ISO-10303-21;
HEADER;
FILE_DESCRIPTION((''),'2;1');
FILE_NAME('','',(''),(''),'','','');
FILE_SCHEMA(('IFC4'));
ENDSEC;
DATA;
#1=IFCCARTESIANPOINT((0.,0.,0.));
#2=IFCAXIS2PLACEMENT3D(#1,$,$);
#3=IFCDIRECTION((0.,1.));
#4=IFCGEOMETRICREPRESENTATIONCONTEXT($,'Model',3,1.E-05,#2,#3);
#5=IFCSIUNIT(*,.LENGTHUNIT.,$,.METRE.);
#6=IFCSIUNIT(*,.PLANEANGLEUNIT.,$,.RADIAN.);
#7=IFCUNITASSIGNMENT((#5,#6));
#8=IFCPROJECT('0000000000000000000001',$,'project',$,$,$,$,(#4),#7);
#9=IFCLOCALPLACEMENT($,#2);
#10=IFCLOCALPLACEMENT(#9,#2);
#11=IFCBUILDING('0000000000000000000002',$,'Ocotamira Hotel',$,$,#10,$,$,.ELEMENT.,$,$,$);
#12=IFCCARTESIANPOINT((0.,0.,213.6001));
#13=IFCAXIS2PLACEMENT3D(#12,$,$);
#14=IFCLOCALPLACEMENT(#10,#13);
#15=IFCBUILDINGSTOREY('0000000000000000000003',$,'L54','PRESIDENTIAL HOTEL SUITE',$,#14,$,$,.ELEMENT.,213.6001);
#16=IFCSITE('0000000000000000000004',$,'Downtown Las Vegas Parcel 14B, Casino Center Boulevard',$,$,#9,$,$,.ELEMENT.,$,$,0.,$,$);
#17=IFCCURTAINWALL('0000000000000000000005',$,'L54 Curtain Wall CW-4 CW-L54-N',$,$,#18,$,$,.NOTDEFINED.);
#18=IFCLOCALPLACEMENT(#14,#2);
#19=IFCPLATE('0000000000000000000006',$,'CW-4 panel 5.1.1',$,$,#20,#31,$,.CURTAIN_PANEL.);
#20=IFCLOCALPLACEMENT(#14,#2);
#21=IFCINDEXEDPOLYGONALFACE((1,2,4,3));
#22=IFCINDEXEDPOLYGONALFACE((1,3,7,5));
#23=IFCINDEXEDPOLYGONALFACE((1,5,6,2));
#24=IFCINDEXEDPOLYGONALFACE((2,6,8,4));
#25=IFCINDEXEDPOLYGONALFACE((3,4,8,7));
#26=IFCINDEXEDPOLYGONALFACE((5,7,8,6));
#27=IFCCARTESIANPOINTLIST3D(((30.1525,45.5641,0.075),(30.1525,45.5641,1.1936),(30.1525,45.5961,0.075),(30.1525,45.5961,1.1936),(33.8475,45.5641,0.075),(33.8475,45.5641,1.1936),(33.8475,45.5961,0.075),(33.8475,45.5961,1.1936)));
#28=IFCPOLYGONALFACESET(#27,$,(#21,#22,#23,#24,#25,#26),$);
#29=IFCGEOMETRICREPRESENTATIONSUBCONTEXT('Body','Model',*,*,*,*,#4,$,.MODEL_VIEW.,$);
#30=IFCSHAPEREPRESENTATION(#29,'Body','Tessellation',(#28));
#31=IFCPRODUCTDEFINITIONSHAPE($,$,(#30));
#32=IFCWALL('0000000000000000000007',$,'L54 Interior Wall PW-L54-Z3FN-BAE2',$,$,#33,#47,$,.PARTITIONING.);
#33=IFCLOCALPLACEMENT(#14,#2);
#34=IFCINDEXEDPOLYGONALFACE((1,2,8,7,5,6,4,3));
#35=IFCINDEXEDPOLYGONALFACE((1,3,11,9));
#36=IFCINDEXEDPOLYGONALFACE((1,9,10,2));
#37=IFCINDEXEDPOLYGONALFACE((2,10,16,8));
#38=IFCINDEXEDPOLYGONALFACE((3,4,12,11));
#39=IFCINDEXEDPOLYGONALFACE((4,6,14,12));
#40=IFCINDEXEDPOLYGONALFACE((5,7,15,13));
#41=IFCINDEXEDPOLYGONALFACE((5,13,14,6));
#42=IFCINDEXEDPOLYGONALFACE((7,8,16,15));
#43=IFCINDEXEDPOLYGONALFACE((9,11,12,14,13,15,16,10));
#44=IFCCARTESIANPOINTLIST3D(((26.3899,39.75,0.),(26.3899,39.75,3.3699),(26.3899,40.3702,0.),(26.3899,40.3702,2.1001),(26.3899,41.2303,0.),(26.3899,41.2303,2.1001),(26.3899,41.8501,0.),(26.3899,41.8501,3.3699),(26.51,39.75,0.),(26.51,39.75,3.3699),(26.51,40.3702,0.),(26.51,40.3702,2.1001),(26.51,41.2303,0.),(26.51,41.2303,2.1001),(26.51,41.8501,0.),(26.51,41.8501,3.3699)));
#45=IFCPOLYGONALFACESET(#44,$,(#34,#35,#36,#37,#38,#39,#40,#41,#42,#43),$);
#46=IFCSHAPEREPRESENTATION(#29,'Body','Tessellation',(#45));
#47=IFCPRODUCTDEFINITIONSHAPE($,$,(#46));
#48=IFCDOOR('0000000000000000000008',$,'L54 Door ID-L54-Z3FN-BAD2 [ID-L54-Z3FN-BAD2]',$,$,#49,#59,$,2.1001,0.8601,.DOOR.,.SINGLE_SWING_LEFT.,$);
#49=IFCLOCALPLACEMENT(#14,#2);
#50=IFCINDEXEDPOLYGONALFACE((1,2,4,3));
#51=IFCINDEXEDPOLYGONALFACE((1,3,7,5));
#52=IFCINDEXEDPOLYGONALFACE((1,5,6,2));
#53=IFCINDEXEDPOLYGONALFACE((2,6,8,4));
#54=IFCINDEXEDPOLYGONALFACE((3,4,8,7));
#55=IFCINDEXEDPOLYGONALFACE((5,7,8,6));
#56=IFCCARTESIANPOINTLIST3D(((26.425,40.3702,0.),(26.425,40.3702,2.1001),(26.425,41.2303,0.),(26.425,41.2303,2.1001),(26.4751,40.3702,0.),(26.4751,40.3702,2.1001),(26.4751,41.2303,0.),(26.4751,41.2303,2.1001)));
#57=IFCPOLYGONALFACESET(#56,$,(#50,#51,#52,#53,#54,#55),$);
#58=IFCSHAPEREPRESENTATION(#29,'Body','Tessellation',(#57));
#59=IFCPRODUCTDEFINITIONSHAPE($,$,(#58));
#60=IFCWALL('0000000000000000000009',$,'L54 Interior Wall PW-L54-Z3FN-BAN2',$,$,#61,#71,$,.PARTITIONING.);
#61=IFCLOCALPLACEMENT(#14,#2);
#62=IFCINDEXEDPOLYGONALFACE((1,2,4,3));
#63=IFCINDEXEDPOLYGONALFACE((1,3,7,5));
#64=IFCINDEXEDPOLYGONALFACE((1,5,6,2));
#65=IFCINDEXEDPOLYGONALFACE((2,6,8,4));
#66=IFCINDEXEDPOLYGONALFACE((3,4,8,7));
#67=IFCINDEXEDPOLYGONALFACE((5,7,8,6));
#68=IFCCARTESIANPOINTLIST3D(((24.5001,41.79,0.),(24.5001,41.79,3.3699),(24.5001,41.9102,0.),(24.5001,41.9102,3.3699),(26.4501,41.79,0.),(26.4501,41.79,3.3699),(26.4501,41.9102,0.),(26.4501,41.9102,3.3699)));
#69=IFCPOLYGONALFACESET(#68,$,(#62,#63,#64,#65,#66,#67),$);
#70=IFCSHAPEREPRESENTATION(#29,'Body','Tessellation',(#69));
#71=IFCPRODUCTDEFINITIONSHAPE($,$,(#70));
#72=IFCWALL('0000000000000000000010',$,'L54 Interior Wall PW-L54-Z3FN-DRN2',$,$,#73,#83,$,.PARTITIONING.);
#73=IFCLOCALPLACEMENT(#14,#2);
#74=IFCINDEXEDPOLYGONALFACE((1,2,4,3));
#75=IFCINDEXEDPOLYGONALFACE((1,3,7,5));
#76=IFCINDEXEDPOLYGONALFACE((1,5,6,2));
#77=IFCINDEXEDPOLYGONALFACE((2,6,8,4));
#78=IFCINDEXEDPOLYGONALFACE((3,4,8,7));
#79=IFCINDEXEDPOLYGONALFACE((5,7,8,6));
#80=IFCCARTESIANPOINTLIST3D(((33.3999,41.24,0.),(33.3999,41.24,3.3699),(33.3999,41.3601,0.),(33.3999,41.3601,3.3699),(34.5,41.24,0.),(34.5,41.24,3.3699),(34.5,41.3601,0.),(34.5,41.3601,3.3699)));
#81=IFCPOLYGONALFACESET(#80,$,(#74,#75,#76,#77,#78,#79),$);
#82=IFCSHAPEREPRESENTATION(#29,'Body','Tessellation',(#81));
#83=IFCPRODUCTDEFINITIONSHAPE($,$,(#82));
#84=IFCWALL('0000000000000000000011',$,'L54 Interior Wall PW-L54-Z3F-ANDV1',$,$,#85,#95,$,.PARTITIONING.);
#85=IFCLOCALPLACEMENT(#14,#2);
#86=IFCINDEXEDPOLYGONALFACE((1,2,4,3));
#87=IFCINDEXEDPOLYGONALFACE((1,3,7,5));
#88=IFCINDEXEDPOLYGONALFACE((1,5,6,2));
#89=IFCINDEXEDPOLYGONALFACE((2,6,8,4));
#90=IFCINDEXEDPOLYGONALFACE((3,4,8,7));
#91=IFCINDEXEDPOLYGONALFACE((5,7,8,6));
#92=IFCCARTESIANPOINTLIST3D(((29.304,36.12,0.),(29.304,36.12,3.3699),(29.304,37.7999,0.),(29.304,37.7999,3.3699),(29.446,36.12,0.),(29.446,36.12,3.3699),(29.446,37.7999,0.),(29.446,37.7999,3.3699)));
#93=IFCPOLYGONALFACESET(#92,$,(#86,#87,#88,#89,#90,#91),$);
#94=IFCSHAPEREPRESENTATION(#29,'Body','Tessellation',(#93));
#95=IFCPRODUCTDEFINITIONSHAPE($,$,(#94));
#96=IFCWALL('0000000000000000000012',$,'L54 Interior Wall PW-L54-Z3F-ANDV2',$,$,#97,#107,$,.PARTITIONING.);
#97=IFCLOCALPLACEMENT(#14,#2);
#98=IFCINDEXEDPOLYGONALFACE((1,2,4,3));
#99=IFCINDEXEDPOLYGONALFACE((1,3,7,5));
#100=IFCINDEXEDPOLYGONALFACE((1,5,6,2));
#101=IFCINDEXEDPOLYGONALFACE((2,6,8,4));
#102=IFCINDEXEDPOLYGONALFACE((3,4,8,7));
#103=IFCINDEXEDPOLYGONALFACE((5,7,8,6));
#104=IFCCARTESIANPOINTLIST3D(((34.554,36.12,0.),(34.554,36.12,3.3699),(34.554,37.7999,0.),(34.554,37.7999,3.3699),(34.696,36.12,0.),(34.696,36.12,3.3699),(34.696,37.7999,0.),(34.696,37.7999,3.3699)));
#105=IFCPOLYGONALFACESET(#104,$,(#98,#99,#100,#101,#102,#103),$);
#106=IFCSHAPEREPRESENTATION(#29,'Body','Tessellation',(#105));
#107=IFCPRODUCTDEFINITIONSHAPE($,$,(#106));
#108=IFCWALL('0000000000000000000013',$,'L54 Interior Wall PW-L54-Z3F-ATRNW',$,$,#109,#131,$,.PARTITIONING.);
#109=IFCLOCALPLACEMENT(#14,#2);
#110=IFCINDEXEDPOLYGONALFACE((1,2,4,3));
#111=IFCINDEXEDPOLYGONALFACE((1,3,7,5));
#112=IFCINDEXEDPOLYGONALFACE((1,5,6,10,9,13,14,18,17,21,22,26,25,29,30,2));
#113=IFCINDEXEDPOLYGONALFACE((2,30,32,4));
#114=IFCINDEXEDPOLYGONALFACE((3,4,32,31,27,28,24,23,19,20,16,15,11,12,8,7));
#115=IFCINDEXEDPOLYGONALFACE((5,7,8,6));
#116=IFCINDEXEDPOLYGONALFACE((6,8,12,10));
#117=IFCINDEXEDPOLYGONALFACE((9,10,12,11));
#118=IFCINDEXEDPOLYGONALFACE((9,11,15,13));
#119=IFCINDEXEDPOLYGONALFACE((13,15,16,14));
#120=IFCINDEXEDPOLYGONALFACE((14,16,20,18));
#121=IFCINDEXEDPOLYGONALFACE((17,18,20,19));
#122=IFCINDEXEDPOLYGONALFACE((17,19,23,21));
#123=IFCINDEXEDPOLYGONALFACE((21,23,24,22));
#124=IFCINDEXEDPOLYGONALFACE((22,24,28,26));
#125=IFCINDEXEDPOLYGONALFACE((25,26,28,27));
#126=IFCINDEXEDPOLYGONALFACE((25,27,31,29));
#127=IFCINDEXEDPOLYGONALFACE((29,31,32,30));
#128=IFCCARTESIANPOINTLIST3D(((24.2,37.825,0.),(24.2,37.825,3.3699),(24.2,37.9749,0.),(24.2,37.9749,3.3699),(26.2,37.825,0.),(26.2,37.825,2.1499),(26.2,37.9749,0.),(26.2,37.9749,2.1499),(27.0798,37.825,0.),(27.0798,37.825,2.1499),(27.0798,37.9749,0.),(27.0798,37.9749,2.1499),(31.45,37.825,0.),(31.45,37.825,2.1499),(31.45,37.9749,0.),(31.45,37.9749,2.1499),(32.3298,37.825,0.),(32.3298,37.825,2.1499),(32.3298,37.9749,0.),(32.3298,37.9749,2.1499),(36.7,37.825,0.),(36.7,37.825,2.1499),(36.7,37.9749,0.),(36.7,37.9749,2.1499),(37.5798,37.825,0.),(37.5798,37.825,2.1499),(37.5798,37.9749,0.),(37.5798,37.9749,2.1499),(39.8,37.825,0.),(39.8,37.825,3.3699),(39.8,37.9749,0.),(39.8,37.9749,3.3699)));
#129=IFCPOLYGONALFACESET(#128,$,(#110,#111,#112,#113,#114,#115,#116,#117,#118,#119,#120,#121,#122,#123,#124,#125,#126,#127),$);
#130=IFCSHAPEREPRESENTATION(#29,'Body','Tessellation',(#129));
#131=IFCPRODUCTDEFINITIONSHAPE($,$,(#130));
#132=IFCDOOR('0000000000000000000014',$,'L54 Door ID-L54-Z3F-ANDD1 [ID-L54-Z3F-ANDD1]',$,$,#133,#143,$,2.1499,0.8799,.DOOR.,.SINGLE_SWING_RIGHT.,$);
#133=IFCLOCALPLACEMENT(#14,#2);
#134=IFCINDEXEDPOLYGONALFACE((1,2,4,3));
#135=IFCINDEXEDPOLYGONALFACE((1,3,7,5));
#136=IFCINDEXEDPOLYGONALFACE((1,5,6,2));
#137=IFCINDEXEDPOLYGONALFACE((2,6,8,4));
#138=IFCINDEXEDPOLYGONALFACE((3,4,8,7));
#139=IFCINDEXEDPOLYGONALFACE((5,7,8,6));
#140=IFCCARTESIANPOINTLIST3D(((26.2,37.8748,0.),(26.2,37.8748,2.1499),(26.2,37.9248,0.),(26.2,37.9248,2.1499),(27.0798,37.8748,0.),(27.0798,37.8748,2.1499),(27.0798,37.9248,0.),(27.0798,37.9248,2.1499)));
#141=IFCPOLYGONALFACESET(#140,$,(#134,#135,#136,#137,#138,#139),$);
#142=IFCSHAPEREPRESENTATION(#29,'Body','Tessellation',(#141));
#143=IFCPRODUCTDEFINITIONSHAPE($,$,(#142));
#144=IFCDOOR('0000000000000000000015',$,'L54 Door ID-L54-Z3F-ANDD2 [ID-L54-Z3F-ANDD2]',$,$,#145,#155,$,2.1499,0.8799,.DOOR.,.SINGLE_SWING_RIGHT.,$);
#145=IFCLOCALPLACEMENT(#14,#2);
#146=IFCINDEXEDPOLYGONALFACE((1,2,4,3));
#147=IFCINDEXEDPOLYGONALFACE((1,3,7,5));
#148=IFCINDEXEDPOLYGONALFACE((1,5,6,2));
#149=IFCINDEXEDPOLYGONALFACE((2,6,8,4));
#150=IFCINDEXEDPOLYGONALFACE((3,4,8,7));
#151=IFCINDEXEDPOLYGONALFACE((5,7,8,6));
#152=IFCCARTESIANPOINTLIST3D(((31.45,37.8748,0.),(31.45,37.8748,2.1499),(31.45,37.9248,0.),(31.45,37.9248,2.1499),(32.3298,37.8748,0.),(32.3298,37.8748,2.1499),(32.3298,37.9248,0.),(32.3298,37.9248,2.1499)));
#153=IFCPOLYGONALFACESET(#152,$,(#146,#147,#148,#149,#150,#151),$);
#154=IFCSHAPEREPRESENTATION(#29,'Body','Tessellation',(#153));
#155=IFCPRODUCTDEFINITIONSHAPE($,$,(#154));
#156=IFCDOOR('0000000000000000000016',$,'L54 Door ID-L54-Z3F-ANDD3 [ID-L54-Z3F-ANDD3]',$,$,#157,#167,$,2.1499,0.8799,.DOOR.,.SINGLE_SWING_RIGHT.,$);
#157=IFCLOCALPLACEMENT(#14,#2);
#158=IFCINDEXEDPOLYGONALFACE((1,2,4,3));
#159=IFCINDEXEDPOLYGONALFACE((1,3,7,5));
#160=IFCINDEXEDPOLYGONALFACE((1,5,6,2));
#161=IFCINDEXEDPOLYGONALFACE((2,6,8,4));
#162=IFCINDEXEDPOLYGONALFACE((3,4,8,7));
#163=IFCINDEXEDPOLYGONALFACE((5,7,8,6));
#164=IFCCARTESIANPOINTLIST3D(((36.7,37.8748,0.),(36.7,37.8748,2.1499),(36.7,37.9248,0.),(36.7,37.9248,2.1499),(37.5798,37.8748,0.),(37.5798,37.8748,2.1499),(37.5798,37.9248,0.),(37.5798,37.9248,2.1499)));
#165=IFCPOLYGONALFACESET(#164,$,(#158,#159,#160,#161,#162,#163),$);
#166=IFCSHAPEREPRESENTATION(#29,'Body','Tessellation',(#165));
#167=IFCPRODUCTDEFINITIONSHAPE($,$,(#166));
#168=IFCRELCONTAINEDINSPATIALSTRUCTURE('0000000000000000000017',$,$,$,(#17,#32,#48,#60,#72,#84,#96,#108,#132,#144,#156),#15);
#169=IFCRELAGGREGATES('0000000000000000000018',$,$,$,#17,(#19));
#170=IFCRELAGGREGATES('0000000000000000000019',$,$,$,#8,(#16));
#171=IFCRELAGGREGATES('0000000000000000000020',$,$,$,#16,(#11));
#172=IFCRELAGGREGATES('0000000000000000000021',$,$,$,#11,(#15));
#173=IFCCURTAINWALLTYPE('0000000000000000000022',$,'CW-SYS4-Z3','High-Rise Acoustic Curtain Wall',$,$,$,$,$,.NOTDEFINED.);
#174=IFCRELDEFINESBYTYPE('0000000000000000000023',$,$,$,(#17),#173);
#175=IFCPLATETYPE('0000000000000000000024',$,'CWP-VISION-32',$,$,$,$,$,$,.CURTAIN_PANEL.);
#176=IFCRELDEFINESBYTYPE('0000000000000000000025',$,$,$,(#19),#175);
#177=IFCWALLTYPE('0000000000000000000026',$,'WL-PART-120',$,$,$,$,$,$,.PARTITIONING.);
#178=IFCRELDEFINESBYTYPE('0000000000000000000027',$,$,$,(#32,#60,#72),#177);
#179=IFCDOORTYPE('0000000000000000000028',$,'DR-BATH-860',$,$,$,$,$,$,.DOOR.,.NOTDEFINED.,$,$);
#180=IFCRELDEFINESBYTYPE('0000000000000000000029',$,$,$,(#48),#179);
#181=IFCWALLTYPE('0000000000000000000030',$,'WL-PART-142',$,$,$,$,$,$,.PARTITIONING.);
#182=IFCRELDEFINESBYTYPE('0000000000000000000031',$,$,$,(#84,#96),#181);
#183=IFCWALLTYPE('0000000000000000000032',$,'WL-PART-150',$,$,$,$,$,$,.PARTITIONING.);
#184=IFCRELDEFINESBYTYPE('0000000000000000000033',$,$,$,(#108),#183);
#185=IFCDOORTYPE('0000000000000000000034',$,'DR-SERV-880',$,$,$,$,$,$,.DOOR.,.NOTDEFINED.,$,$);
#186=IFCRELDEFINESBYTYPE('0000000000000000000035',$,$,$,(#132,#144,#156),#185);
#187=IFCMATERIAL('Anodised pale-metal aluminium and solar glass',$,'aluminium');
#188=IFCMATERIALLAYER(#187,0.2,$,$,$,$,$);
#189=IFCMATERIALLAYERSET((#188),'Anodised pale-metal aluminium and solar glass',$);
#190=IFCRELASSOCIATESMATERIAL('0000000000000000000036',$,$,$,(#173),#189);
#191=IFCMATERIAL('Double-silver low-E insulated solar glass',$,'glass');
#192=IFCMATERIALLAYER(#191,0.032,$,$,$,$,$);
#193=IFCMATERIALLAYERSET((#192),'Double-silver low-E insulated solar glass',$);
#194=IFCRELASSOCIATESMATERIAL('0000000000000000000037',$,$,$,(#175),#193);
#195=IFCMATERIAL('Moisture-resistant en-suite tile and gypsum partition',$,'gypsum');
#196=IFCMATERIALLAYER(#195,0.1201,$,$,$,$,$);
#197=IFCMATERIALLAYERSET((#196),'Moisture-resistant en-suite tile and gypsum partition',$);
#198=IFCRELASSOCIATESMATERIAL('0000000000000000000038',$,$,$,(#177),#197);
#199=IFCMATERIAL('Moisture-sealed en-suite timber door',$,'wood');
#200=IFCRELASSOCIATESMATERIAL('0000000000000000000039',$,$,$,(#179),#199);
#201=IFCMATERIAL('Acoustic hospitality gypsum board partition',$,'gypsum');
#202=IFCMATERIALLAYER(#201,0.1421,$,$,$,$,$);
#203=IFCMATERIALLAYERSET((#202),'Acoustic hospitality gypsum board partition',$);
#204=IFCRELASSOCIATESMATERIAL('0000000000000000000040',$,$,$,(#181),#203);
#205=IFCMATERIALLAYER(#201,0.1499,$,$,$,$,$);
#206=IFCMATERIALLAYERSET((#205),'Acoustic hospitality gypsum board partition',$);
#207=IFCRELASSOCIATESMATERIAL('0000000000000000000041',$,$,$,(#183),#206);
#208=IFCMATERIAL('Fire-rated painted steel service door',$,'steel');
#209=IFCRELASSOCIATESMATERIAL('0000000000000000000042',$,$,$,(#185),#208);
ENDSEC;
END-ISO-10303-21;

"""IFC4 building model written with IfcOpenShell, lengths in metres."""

from ifc_helpers import new_model, si_unit, direction, frame, frame_2d, origin, origin_2d, place, context, subcontext, project, spatial, rectangle, extrude, source, transform, mapped, material, layer, layer_set, type_object, element, fill, aggregate, save


model = new_model("IFC4")

# Units and contexts
model_context = context("Model", 3, precision=1e-05, world=origin(), true_north=direction((0.0, 1.0)))
body_context = subcontext(model_context, "Body", "Model", "MODEL_VIEW")
ifc_project = project(units=[si_unit("LENGTHUNIT", "METRE"), si_unit("PLANEANGLEUNIT", "RADIAN")], contexts=[model_context])

# Site, building, storey
site_placement = place(None, origin())
site = spatial("IfcSite", under=ifc_project, at=site_placement, Name="Downtown Las Vegas Parcel 14B, Casino Center Boulevard", CompositionType="ELEMENT", RefElevation=0.0)
building_placement = place(site_placement, origin())
building = spatial("IfcBuilding", under=site, at=building_placement, Name="Ocotamira Hotel", CompositionType="ELEMENT")
storey_placement = place(building_placement, frame((0.0, 0.0, 213.6001)))
storey = spatial("IfcBuildingStorey", under=building, at=storey_placement, Name="L54", Description="PRESIDENTIAL HOTEL SUITE", CompositionType="ELEMENT", Elevation=213.6001)

# Curtain wall
ifc_material_1 = material(Name="Anodised pale-metal aluminium and solar glass", Category="aluminium")
ifc_layer_1 = layer(ifc_material_1, 0.2)
ifc_layer_set_1 = layer_set([ifc_layer_1], Name="Anodised pale-metal aluminium and solar glass")
curtain_wall_type = type_object("IfcCurtainWallType", Name="CW-SYS4-Z3", Description="High-Rise Acoustic Curtain Wall", PredefinedType="NOTDEFINED", material=ifc_layer_set_1)
curtain_wall_placement = place(storey_placement, origin())
curtain_wall = element("IfcCurtainWall", 1, at=curtain_wall_placement, inside=storey, type_object=curtain_wall_type, Name="L54 Curtain Wall CW-4 CW-L54-N", PredefinedType="NOTDEFINED")

# Plate
ifc_material_2 = material(Name="Double-silver low-E insulated solar glass", Category="glass")
ifc_layer_2 = layer(ifc_material_2, 0.032)
ifc_layer_set_2 = layer_set([ifc_layer_2], Name="Double-silver low-E insulated solar glass")
plate_type_1 = type_object("IfcPlateType", Name="CWP-VISION-32", PredefinedType="CURTAIN_PANEL", material=ifc_layer_set_2)
shared_shape_1 = source(origin(), body_context, "Body", "SweptSolid", [
    extrude(rectangle(XDim=3.6951, YDim=0.032, at=origin_2d()), origin(), (0.0, 0.0, 1.0), 1.1187),
])
plate_1_placement = place(storey_placement, frame((32.0, 45.5801, 0.075), z_axis=(0.0, 0.0, 1.0), x_axis=(1.0, 0.0, 0.0)))
plate_1 = element("IfcPlate", 2, at=plate_1_placement, type_object=plate_type_1, Name="CW-4 panel 5.1.1", PredefinedType="CURTAIN_PANEL", context=body_context, shape_type="MappedRepresentation", body=[
    mapped(shared_shape_1, transform((0.0, 0.0, 0.0), scale=1.0)),
])
aggregate(curtain_wall, [plate_1])

# Wall, opening, door
ifc_material_3 = material(Name="Moisture-resistant en-suite tile and gypsum partition", Category="gypsum")
ifc_layer_3 = layer(ifc_material_3, 0.1201)
ifc_layer_set_3 = layer_set([ifc_layer_3], Name="Moisture-resistant en-suite tile and gypsum partition")
wall_type_1 = type_object("IfcWallType", Name="WL-PART-120", PredefinedType="PARTITIONING", material=ifc_layer_set_3)
wall_1_placement = place(storey_placement, frame((26.45, 39.75, 0.0), z_axis=(0.0, 0.0, 1.0), x_axis=(0.0, 1.0, 0.0)))
wall_1 = element("IfcWall", 3, at=wall_1_placement, inside=storey, type_object=wall_type_1, Name="L54 Interior Wall PW-L54-Z3FN-BAE2", PredefinedType="PARTITIONING", context=body_context, shape_type="SweptSolid", body=[
    extrude(rectangle(XDim=2.1001, YDim=0.1201, at=frame_2d((1.05, 0.0))), origin(), (0.0, 0.0, 1.0), 3.3699),
])
opening_1_placement = place(wall_1_placement, frame((0.6201, 0.0, 0.0)))
opening_1 = element("IfcOpeningElement", 4, at=opening_1_placement, cuts=wall_1, PredefinedType="OPENING", context=body_context, shape_type="SweptSolid", body=[
    extrude(rectangle(XDim=0.8601, YDim=2.1001, at=frame_2d((0.4302, 1.05))), frame((0.0, 0.0701, 0.0), z_axis=(0.0, -1.0, 0.0), x_axis=(1.0, 0.0, 0.0)), (0.0, 0.0, 1.0), 0.1401),
])
ifc_material_4 = material(Name="Moisture-sealed en-suite timber door", Category="wood")
door_type_1 = type_object("IfcDoorType", Name="DR-BATH-860", OperationType="NOTDEFINED", PredefinedType="DOOR", material=ifc_material_4)
shared_shape_2 = source(origin(), body_context, "Body", "SweptSolid", [
    extrude(rectangle(XDim=0.8601, YDim=2.1001, at=frame_2d((0.4302, 1.05))), frame((0.0, 0.0249, 0.0), z_axis=(0.0, -1.0, 0.0), x_axis=(1.0, 0.0, 0.0)), (0.0, 0.0, 1.0), 0.05),
])
door_1_placement = place(opening_1_placement, origin())
door_1 = element("IfcDoor", 5, at=door_1_placement, inside=storey, type_object=door_type_1, Name="L54 Door ID-L54-Z3FN-BAD2 [ID-L54-Z3FN-BAD2]", OperationType="SINGLE_SWING_LEFT", OverallHeight=2.1001, OverallWidth=0.8601, PredefinedType="DOOR", context=body_context, shape_type="MappedRepresentation", body=[
    mapped(shared_shape_2, transform((0.0, 0.0, 0.0), scale=1.0)),
])
fill(opening_1, door_1)

# Walls
wall_2_placement = place(storey_placement, frame((24.5, 41.8501, 0.0), z_axis=(0.0, 0.0, 1.0), x_axis=(1.0, 0.0, 0.0)))
element("IfcWall", 6, at=wall_2_placement, inside=storey, type_object=wall_type_1, Name="L54 Interior Wall PW-L54-Z3FN-BAN2", PredefinedType="PARTITIONING", context=body_context, shape_type="SweptSolid", body=[
    extrude(rectangle(XDim=1.95, YDim=0.1201, at=frame_2d((0.9751, 0.0))), origin(), (0.0, 0.0, 1.0), 3.3699),
])
wall_3_placement = place(storey_placement, frame((33.3999, 41.3, 0.0), z_axis=(0.0, 0.0, 1.0), x_axis=(1.0, 0.0, 0.0)))
element("IfcWall", 7, at=wall_3_placement, inside=storey, type_object=wall_type_1, Name="L54 Interior Wall PW-L54-Z3FN-DRN2", PredefinedType="PARTITIONING", context=body_context, shape_type="SweptSolid", body=[
    extrude(rectangle(XDim=1.1001, YDim=0.1201, at=frame_2d((0.55, 0.0))), origin(), (0.0, 0.0, 1.0), 3.3699),
])
ifc_material_5 = material(Name="Acoustic hospitality gypsum board partition", Category="gypsum")
ifc_layer_4 = layer(ifc_material_5, 0.1421)
ifc_layer_set_4 = layer_set([ifc_layer_4], Name="Acoustic hospitality gypsum board partition")
wall_type_2 = type_object("IfcWallType", Name="WL-PART-142", PredefinedType="PARTITIONING", material=ifc_layer_set_4)
for number, where, z_axis, x_axis, name in (
    (8, (29.375, 36.1201, 0.0), (0.0, 0.0, 1.0), (0.0, 1.0, 0.0), "L54 Interior Wall PW-L54-Z3F-ANDV1"),
    (9, (34.625, 36.1201, 0.0), (0.0, 0.0, 1.0), (0.0, 1.0, 0.0), "L54 Interior Wall PW-L54-Z3F-ANDV2"),
):
    element("IfcWall", number, at=place(storey_placement, frame(where, z_axis=z_axis, x_axis=x_axis)), inside=storey, type_object=wall_type_2, Name=name, PredefinedType="PARTITIONING", context=body_context, shape_type="SweptSolid", body=[
        extrude(rectangle(XDim=1.6799, YDim=0.1421, at=frame_2d((0.8398, 0.0))), origin(), (0.0, 0.0, 1.0), 3.3699),
    ])

# Wall, openings, doors
ifc_layer_5 = layer(ifc_material_5, 0.1499)
ifc_layer_set_5 = layer_set([ifc_layer_5], Name="Acoustic hospitality gypsum board partition")
wall_type_3 = type_object("IfcWallType", Name="WL-PART-150", PredefinedType="PARTITIONING", material=ifc_layer_set_5)
wall_4_placement = place(storey_placement, frame((24.2, 37.8999, 0.0), z_axis=(0.0, 0.0, 1.0), x_axis=(1.0, 0.0, 0.0)))
wall_4 = element("IfcWall", 10, at=wall_4_placement, inside=storey, type_object=wall_type_3, Name="L54 Interior Wall PW-L54-Z3F-ATRNW", PredefinedType="PARTITIONING", context=body_context, shape_type="SweptSolid", body=[
    extrude(rectangle(XDim=15.6001, YDim=0.1499, at=frame_2d((7.8, 0.0))), origin(), (0.0, 0.0, 1.0), 3.3699),
])
opening_2_placement = place(wall_4_placement, frame((2.0, 0.0, 0.0)))
opening_2 = element("IfcOpeningElement", 11, at=opening_2_placement, cuts=wall_4, PredefinedType="OPENING", context=body_context, shape_type="SweptSolid", body=[
    extrude(rectangle(XDim=0.8799, YDim=2.1499, at=frame_2d((0.4399, 1.075))), frame((0.0, 0.085, 0.0), z_axis=(0.0, -1.0, 0.0), x_axis=(1.0, 0.0, 0.0)), (0.0, 0.0, 1.0), 0.1699),
])
opening_3_placement = place(wall_4_placement, frame((7.25, 0.0, 0.0)))
opening_3 = element("IfcOpeningElement", 12, at=opening_3_placement, cuts=wall_4, PredefinedType="OPENING", context=body_context, shape_type="SweptSolid", body=[
    extrude(rectangle(XDim=0.8799, YDim=2.1499, at=frame_2d((0.4399, 1.075))), frame((0.0, 0.085, 0.0), z_axis=(0.0, -1.0, 0.0), x_axis=(1.0, 0.0, 0.0)), (0.0, 0.0, 1.0), 0.1699),
])
opening_4_placement = place(wall_4_placement, frame((12.5, 0.0, 0.0)))
opening_4 = element("IfcOpeningElement", 13, at=opening_4_placement, cuts=wall_4, PredefinedType="OPENING", context=body_context, shape_type="SweptSolid", body=[
    extrude(rectangle(XDim=0.8799, YDim=2.1499, at=frame_2d((0.4399, 1.075))), frame((0.0, 0.085, 0.0), z_axis=(0.0, -1.0, 0.0), x_axis=(1.0, 0.0, 0.0)), (0.0, 0.0, 1.0), 0.1699),
])
ifc_material_6 = material(Name="Fire-rated painted steel service door", Category="steel")
door_type_2 = type_object("IfcDoorType", Name="DR-SERV-880", OperationType="NOTDEFINED", PredefinedType="DOOR", material=ifc_material_6)
shared_shape_3 = source(origin(), body_context, "Body", "SweptSolid", [
    extrude(rectangle(XDim=0.8799, YDim=2.1499, at=frame_2d((0.4399, 1.075))), frame((0.0, 0.0249, 0.0), z_axis=(0.0, -1.0, 0.0), x_axis=(1.0, 0.0, 0.0)), (0.0, 0.0, 1.0), 0.05),
])
door_2_placement = place(opening_2_placement, origin())
door_2 = element("IfcDoor", 14, at=door_2_placement, inside=storey, type_object=door_type_2, Name="L54 Door ID-L54-Z3F-ANDD1 [ID-L54-Z3F-ANDD1]", OperationType="SINGLE_SWING_RIGHT", OverallHeight=2.1499, OverallWidth=0.8799, PredefinedType="DOOR", context=body_context, shape_type="MappedRepresentation", body=[
    mapped(shared_shape_3, transform((0.0, 0.0, 0.0), scale=1.0)),
])
fill(opening_2, door_2)
door_3_placement = place(opening_3_placement, origin())
door_3 = element("IfcDoor", 15, at=door_3_placement, inside=storey, type_object=door_type_2, Name="L54 Door ID-L54-Z3F-ANDD2 [ID-L54-Z3F-ANDD2]", OperationType="SINGLE_SWING_RIGHT", OverallHeight=2.1499, OverallWidth=0.8799, PredefinedType="DOOR", context=body_context, shape_type="MappedRepresentation", body=[
    mapped(shared_shape_3, transform((0.0, 0.0, 0.0), scale=1.0)),
])
fill(opening_3, door_3)
door_4_placement = place(opening_4_placement, origin())
door_4 = element("IfcDoor", 16, at=door_4_placement, inside=storey, type_object=door_type_2, Name="L54 Door ID-L54-Z3F-ANDD3 [ID-L54-Z3F-ANDD3]", OperationType="SINGLE_SWING_RIGHT", OverallHeight=2.1499, OverallWidth=0.8799, PredefinedType="DOOR", context=body_context, shape_type="MappedRepresentation", body=[
    mapped(shared_shape_3, transform((0.0, 0.0, 0.0), scale=1.0)),
])
fill(opening_4, door_4)

save(model, "model.ifc")
